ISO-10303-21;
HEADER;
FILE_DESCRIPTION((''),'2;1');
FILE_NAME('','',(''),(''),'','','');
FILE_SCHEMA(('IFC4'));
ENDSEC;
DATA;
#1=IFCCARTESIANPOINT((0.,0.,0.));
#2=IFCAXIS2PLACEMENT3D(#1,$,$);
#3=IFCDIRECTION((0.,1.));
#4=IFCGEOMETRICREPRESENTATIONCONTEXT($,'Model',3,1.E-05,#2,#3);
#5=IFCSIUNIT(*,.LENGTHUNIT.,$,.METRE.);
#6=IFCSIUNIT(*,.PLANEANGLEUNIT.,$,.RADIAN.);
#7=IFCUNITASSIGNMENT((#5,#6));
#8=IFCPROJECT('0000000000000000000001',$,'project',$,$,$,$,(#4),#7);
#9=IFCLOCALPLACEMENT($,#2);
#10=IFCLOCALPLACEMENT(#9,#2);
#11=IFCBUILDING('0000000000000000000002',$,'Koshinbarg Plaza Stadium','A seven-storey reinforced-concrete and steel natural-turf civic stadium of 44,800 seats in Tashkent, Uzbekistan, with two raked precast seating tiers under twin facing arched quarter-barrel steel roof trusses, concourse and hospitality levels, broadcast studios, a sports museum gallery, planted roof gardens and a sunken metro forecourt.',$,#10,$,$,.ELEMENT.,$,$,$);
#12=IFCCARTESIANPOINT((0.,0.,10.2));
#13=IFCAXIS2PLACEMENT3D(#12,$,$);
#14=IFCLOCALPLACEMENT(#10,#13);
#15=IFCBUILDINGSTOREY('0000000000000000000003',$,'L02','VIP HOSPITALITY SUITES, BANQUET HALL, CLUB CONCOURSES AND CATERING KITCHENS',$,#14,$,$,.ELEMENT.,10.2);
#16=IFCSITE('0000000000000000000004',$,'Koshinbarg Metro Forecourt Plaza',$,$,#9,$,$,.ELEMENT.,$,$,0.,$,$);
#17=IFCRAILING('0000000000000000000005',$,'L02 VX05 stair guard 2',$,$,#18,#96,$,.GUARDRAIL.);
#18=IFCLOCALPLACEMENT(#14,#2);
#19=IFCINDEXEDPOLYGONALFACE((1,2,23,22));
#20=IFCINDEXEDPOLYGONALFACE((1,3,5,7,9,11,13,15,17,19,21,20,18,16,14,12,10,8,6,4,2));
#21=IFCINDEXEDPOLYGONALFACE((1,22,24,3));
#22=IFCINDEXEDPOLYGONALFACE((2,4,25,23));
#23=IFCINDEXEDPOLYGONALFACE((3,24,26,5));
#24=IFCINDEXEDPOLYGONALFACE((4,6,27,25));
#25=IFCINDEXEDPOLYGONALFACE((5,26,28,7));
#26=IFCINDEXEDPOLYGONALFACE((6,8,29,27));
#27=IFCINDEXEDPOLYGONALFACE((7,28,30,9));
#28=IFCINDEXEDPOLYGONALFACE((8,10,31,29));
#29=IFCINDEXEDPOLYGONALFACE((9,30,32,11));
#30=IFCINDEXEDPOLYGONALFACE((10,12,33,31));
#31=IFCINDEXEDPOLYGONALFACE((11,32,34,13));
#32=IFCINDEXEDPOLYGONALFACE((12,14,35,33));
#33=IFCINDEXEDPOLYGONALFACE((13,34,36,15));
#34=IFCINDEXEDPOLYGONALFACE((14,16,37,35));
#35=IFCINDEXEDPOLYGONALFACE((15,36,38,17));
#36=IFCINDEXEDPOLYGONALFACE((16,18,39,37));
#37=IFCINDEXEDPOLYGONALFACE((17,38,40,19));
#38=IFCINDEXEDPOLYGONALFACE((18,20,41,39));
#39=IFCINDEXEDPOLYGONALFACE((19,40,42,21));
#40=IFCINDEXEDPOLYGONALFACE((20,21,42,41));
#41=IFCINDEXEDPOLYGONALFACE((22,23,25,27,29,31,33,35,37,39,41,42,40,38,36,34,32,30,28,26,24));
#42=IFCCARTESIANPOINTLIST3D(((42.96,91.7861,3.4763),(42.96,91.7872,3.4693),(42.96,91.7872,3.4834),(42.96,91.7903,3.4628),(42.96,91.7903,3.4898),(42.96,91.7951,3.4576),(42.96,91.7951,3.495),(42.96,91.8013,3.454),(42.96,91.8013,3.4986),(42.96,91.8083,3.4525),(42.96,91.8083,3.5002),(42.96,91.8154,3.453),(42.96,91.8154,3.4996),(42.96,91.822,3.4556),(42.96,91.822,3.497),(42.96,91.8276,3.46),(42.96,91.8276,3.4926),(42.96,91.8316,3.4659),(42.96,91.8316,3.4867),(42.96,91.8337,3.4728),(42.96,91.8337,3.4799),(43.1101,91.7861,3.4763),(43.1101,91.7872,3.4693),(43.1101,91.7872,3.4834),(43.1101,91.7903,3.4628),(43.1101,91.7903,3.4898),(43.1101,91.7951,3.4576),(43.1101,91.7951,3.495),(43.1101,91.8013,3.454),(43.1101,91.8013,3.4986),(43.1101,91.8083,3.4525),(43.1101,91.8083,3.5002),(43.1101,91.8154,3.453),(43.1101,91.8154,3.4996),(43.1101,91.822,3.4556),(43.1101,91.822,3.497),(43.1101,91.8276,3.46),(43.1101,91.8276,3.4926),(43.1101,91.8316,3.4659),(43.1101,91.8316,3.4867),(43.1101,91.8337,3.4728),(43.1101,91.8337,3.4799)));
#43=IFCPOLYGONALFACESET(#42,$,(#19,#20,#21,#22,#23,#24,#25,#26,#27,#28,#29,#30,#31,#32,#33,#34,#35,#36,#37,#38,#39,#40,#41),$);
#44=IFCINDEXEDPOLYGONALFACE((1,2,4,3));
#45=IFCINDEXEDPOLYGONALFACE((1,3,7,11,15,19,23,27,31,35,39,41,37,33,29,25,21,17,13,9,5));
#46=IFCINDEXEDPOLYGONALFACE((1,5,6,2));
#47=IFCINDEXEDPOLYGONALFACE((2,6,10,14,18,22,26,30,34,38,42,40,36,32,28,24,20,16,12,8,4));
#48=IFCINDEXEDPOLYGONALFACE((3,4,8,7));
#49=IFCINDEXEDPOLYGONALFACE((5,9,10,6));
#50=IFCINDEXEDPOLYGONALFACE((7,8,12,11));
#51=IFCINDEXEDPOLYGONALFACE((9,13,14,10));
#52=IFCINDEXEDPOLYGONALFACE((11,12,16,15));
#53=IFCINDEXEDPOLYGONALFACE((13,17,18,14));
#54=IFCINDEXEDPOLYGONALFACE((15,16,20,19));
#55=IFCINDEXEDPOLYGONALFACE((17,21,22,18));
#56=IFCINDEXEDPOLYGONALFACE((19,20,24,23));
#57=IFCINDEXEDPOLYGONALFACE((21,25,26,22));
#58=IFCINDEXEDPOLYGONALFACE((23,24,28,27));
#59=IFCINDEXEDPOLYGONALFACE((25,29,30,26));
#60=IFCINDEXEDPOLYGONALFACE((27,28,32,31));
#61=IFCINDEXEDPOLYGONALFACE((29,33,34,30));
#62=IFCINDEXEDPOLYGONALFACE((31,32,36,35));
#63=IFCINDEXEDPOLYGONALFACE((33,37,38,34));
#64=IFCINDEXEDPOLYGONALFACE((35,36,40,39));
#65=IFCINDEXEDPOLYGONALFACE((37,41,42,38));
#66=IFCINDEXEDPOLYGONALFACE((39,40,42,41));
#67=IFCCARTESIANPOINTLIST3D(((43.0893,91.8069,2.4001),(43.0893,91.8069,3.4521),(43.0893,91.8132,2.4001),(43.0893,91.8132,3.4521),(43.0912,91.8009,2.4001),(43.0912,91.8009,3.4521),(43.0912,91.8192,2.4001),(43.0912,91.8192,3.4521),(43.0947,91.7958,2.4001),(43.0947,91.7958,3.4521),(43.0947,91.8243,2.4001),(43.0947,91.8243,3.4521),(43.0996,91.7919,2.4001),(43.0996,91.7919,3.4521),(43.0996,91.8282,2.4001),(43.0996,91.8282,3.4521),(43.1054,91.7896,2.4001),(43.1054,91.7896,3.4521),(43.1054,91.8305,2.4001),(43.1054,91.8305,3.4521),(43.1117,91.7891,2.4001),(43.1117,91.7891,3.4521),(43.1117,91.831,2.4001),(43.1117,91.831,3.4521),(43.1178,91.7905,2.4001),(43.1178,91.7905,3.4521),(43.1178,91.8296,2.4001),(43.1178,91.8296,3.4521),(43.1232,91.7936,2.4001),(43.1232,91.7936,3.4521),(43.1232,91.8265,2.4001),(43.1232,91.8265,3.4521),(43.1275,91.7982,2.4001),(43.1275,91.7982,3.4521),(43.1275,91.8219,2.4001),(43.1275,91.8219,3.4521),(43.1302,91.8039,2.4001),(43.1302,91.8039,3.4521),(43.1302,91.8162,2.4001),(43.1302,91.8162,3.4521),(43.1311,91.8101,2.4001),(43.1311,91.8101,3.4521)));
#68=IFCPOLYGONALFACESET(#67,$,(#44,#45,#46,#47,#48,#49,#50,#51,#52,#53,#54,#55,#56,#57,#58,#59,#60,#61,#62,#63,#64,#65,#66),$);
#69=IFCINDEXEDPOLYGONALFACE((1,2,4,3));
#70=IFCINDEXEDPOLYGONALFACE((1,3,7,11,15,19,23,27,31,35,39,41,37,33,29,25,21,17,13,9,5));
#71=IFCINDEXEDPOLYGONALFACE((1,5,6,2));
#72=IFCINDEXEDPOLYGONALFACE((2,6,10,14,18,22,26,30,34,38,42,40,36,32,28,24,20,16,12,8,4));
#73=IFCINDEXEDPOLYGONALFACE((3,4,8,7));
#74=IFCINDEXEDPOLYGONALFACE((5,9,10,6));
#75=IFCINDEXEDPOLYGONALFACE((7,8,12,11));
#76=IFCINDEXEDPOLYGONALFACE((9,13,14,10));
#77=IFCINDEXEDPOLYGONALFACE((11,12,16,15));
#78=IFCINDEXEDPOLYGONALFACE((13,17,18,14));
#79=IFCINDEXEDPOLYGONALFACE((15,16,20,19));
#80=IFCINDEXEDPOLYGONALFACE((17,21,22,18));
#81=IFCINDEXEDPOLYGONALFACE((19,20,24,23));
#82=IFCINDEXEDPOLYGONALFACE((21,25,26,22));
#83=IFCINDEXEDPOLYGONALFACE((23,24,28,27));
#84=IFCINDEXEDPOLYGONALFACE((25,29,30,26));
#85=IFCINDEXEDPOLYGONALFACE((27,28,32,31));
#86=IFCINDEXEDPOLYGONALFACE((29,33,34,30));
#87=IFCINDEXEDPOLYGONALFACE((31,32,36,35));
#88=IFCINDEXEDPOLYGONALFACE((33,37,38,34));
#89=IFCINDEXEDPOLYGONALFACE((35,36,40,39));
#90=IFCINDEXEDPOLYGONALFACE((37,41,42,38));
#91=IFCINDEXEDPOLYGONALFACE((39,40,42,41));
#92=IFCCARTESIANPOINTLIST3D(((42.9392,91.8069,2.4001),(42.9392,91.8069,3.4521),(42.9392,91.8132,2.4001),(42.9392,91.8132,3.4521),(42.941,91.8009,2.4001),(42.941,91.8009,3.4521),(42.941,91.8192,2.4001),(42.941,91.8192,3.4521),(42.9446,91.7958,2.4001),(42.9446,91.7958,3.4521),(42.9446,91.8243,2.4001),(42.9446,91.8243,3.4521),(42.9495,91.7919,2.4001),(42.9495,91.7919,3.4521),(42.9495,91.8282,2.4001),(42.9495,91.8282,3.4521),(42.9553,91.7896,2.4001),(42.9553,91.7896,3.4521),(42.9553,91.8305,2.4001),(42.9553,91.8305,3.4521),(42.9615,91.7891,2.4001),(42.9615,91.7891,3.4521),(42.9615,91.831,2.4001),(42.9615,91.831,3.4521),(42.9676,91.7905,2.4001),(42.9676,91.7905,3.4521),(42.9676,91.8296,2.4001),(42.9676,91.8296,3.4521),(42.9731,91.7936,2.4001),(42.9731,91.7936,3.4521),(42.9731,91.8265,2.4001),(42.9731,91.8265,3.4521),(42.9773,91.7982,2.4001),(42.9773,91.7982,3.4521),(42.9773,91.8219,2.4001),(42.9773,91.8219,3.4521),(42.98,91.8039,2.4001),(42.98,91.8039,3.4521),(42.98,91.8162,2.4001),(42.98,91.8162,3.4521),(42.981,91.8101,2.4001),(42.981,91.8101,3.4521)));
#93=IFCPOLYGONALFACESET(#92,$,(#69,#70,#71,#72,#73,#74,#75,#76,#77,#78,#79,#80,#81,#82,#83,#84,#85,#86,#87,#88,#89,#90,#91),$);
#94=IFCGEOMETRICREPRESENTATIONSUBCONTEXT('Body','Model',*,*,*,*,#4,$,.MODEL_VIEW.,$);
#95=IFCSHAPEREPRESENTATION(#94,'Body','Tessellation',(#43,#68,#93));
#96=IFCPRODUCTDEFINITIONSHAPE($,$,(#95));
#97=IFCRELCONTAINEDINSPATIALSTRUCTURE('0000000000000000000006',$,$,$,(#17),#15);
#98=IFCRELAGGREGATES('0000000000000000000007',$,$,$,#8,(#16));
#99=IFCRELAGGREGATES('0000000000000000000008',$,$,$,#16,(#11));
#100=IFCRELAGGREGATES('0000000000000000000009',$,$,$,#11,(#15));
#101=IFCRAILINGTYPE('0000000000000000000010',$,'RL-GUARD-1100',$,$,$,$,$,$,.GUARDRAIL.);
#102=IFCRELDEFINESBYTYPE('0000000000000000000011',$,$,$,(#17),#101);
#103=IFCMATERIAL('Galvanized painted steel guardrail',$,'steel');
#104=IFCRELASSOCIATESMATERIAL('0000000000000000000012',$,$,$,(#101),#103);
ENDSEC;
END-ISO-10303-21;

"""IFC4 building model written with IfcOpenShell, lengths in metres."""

from ifc_helpers import new_model, si_unit, direction, frame, origin, origin_2d, place, context, subcontext, project, spatial, circle, extrude, material, type_object, element, save


model = new_model("IFC4")

# Units and contexts
model_context = context("Model", 3, precision=1e-05, world=origin(), true_north=direction((0.0, 1.0)))
body_context = subcontext(model_context, "Body", "Model", "MODEL_VIEW")
ifc_project = project(units=[si_unit("LENGTHUNIT", "METRE"), si_unit("PLANEANGLEUNIT", "RADIAN")], contexts=[model_context])

# Site, building, storey
site_placement = place(None, origin())
site = spatial("IfcSite", under=ifc_project, at=site_placement, Name="Koshinbarg Metro Forecourt Plaza", CompositionType="ELEMENT", RefElevation=0.0)
building_placement = place(site_placement, origin())
building = spatial("IfcBuilding", under=site, at=building_placement, Name="Koshinbarg Plaza Stadium", Description="A seven-storey reinforced-concrete and steel natural-turf civic stadium of 44,800 seats in Tashkent, Uzbekistan, with two raked precast seating tiers under twin facing arched quarter-barrel steel roof trusses, concourse and hospitality levels, broadcast studios, a sports museum gallery, planted roof gardens and a sunken metro forecourt.", CompositionType="ELEMENT")
storey_placement = place(building_placement, frame((0.0, 0.0, 10.2)))
storey = spatial("IfcBuildingStorey", under=building, at=storey_placement, Name="L02", Description="VIP HOSPITALITY SUITES, BANQUET HALL, CLUB CONCOURSES AND CATERING KITCHENS", CompositionType="ELEMENT", Elevation=10.2)

# Railing
ifc_material_1 = material(Name="Galvanized painted steel guardrail", Category="steel")
railing_type_1 = type_object("IfcRailingType", Name="RL-GUARD-1100", PredefinedType="GUARDRAIL", material=ifc_material_1)
railing_1_placement = place(storey_placement, frame((43.1101, 91.8101, 2.4001)))
element("IfcRailing", 1, at=railing_1_placement, inside=storey, type_object=railing_type_1, Name="L02 VX05 stair guard 2", PredefinedType="GUARDRAIL", context=body_context, shape_type="SweptSolid", body=[
    extrude(circle(Radius=0.0239, at=origin_2d()), frame((0.0, 0.0, 1.0762), z_axis=(-1.0, 0.0, 0.0), x_axis=(0.0, -1.0, 0.0)), (0.0, 0.0, 1.0), 0.1501),
    extrude(circle(Radius=0.021, at=origin_2d()), origin(), (0.0, 0.0, 1.0), 1.052),
    extrude(circle(Radius=0.021, at=origin_2d()), frame((-0.1501, 0.0, 0.0)), (0.0, 0.0, 1.0), 1.052),
])

save(model, "model.ifc")
